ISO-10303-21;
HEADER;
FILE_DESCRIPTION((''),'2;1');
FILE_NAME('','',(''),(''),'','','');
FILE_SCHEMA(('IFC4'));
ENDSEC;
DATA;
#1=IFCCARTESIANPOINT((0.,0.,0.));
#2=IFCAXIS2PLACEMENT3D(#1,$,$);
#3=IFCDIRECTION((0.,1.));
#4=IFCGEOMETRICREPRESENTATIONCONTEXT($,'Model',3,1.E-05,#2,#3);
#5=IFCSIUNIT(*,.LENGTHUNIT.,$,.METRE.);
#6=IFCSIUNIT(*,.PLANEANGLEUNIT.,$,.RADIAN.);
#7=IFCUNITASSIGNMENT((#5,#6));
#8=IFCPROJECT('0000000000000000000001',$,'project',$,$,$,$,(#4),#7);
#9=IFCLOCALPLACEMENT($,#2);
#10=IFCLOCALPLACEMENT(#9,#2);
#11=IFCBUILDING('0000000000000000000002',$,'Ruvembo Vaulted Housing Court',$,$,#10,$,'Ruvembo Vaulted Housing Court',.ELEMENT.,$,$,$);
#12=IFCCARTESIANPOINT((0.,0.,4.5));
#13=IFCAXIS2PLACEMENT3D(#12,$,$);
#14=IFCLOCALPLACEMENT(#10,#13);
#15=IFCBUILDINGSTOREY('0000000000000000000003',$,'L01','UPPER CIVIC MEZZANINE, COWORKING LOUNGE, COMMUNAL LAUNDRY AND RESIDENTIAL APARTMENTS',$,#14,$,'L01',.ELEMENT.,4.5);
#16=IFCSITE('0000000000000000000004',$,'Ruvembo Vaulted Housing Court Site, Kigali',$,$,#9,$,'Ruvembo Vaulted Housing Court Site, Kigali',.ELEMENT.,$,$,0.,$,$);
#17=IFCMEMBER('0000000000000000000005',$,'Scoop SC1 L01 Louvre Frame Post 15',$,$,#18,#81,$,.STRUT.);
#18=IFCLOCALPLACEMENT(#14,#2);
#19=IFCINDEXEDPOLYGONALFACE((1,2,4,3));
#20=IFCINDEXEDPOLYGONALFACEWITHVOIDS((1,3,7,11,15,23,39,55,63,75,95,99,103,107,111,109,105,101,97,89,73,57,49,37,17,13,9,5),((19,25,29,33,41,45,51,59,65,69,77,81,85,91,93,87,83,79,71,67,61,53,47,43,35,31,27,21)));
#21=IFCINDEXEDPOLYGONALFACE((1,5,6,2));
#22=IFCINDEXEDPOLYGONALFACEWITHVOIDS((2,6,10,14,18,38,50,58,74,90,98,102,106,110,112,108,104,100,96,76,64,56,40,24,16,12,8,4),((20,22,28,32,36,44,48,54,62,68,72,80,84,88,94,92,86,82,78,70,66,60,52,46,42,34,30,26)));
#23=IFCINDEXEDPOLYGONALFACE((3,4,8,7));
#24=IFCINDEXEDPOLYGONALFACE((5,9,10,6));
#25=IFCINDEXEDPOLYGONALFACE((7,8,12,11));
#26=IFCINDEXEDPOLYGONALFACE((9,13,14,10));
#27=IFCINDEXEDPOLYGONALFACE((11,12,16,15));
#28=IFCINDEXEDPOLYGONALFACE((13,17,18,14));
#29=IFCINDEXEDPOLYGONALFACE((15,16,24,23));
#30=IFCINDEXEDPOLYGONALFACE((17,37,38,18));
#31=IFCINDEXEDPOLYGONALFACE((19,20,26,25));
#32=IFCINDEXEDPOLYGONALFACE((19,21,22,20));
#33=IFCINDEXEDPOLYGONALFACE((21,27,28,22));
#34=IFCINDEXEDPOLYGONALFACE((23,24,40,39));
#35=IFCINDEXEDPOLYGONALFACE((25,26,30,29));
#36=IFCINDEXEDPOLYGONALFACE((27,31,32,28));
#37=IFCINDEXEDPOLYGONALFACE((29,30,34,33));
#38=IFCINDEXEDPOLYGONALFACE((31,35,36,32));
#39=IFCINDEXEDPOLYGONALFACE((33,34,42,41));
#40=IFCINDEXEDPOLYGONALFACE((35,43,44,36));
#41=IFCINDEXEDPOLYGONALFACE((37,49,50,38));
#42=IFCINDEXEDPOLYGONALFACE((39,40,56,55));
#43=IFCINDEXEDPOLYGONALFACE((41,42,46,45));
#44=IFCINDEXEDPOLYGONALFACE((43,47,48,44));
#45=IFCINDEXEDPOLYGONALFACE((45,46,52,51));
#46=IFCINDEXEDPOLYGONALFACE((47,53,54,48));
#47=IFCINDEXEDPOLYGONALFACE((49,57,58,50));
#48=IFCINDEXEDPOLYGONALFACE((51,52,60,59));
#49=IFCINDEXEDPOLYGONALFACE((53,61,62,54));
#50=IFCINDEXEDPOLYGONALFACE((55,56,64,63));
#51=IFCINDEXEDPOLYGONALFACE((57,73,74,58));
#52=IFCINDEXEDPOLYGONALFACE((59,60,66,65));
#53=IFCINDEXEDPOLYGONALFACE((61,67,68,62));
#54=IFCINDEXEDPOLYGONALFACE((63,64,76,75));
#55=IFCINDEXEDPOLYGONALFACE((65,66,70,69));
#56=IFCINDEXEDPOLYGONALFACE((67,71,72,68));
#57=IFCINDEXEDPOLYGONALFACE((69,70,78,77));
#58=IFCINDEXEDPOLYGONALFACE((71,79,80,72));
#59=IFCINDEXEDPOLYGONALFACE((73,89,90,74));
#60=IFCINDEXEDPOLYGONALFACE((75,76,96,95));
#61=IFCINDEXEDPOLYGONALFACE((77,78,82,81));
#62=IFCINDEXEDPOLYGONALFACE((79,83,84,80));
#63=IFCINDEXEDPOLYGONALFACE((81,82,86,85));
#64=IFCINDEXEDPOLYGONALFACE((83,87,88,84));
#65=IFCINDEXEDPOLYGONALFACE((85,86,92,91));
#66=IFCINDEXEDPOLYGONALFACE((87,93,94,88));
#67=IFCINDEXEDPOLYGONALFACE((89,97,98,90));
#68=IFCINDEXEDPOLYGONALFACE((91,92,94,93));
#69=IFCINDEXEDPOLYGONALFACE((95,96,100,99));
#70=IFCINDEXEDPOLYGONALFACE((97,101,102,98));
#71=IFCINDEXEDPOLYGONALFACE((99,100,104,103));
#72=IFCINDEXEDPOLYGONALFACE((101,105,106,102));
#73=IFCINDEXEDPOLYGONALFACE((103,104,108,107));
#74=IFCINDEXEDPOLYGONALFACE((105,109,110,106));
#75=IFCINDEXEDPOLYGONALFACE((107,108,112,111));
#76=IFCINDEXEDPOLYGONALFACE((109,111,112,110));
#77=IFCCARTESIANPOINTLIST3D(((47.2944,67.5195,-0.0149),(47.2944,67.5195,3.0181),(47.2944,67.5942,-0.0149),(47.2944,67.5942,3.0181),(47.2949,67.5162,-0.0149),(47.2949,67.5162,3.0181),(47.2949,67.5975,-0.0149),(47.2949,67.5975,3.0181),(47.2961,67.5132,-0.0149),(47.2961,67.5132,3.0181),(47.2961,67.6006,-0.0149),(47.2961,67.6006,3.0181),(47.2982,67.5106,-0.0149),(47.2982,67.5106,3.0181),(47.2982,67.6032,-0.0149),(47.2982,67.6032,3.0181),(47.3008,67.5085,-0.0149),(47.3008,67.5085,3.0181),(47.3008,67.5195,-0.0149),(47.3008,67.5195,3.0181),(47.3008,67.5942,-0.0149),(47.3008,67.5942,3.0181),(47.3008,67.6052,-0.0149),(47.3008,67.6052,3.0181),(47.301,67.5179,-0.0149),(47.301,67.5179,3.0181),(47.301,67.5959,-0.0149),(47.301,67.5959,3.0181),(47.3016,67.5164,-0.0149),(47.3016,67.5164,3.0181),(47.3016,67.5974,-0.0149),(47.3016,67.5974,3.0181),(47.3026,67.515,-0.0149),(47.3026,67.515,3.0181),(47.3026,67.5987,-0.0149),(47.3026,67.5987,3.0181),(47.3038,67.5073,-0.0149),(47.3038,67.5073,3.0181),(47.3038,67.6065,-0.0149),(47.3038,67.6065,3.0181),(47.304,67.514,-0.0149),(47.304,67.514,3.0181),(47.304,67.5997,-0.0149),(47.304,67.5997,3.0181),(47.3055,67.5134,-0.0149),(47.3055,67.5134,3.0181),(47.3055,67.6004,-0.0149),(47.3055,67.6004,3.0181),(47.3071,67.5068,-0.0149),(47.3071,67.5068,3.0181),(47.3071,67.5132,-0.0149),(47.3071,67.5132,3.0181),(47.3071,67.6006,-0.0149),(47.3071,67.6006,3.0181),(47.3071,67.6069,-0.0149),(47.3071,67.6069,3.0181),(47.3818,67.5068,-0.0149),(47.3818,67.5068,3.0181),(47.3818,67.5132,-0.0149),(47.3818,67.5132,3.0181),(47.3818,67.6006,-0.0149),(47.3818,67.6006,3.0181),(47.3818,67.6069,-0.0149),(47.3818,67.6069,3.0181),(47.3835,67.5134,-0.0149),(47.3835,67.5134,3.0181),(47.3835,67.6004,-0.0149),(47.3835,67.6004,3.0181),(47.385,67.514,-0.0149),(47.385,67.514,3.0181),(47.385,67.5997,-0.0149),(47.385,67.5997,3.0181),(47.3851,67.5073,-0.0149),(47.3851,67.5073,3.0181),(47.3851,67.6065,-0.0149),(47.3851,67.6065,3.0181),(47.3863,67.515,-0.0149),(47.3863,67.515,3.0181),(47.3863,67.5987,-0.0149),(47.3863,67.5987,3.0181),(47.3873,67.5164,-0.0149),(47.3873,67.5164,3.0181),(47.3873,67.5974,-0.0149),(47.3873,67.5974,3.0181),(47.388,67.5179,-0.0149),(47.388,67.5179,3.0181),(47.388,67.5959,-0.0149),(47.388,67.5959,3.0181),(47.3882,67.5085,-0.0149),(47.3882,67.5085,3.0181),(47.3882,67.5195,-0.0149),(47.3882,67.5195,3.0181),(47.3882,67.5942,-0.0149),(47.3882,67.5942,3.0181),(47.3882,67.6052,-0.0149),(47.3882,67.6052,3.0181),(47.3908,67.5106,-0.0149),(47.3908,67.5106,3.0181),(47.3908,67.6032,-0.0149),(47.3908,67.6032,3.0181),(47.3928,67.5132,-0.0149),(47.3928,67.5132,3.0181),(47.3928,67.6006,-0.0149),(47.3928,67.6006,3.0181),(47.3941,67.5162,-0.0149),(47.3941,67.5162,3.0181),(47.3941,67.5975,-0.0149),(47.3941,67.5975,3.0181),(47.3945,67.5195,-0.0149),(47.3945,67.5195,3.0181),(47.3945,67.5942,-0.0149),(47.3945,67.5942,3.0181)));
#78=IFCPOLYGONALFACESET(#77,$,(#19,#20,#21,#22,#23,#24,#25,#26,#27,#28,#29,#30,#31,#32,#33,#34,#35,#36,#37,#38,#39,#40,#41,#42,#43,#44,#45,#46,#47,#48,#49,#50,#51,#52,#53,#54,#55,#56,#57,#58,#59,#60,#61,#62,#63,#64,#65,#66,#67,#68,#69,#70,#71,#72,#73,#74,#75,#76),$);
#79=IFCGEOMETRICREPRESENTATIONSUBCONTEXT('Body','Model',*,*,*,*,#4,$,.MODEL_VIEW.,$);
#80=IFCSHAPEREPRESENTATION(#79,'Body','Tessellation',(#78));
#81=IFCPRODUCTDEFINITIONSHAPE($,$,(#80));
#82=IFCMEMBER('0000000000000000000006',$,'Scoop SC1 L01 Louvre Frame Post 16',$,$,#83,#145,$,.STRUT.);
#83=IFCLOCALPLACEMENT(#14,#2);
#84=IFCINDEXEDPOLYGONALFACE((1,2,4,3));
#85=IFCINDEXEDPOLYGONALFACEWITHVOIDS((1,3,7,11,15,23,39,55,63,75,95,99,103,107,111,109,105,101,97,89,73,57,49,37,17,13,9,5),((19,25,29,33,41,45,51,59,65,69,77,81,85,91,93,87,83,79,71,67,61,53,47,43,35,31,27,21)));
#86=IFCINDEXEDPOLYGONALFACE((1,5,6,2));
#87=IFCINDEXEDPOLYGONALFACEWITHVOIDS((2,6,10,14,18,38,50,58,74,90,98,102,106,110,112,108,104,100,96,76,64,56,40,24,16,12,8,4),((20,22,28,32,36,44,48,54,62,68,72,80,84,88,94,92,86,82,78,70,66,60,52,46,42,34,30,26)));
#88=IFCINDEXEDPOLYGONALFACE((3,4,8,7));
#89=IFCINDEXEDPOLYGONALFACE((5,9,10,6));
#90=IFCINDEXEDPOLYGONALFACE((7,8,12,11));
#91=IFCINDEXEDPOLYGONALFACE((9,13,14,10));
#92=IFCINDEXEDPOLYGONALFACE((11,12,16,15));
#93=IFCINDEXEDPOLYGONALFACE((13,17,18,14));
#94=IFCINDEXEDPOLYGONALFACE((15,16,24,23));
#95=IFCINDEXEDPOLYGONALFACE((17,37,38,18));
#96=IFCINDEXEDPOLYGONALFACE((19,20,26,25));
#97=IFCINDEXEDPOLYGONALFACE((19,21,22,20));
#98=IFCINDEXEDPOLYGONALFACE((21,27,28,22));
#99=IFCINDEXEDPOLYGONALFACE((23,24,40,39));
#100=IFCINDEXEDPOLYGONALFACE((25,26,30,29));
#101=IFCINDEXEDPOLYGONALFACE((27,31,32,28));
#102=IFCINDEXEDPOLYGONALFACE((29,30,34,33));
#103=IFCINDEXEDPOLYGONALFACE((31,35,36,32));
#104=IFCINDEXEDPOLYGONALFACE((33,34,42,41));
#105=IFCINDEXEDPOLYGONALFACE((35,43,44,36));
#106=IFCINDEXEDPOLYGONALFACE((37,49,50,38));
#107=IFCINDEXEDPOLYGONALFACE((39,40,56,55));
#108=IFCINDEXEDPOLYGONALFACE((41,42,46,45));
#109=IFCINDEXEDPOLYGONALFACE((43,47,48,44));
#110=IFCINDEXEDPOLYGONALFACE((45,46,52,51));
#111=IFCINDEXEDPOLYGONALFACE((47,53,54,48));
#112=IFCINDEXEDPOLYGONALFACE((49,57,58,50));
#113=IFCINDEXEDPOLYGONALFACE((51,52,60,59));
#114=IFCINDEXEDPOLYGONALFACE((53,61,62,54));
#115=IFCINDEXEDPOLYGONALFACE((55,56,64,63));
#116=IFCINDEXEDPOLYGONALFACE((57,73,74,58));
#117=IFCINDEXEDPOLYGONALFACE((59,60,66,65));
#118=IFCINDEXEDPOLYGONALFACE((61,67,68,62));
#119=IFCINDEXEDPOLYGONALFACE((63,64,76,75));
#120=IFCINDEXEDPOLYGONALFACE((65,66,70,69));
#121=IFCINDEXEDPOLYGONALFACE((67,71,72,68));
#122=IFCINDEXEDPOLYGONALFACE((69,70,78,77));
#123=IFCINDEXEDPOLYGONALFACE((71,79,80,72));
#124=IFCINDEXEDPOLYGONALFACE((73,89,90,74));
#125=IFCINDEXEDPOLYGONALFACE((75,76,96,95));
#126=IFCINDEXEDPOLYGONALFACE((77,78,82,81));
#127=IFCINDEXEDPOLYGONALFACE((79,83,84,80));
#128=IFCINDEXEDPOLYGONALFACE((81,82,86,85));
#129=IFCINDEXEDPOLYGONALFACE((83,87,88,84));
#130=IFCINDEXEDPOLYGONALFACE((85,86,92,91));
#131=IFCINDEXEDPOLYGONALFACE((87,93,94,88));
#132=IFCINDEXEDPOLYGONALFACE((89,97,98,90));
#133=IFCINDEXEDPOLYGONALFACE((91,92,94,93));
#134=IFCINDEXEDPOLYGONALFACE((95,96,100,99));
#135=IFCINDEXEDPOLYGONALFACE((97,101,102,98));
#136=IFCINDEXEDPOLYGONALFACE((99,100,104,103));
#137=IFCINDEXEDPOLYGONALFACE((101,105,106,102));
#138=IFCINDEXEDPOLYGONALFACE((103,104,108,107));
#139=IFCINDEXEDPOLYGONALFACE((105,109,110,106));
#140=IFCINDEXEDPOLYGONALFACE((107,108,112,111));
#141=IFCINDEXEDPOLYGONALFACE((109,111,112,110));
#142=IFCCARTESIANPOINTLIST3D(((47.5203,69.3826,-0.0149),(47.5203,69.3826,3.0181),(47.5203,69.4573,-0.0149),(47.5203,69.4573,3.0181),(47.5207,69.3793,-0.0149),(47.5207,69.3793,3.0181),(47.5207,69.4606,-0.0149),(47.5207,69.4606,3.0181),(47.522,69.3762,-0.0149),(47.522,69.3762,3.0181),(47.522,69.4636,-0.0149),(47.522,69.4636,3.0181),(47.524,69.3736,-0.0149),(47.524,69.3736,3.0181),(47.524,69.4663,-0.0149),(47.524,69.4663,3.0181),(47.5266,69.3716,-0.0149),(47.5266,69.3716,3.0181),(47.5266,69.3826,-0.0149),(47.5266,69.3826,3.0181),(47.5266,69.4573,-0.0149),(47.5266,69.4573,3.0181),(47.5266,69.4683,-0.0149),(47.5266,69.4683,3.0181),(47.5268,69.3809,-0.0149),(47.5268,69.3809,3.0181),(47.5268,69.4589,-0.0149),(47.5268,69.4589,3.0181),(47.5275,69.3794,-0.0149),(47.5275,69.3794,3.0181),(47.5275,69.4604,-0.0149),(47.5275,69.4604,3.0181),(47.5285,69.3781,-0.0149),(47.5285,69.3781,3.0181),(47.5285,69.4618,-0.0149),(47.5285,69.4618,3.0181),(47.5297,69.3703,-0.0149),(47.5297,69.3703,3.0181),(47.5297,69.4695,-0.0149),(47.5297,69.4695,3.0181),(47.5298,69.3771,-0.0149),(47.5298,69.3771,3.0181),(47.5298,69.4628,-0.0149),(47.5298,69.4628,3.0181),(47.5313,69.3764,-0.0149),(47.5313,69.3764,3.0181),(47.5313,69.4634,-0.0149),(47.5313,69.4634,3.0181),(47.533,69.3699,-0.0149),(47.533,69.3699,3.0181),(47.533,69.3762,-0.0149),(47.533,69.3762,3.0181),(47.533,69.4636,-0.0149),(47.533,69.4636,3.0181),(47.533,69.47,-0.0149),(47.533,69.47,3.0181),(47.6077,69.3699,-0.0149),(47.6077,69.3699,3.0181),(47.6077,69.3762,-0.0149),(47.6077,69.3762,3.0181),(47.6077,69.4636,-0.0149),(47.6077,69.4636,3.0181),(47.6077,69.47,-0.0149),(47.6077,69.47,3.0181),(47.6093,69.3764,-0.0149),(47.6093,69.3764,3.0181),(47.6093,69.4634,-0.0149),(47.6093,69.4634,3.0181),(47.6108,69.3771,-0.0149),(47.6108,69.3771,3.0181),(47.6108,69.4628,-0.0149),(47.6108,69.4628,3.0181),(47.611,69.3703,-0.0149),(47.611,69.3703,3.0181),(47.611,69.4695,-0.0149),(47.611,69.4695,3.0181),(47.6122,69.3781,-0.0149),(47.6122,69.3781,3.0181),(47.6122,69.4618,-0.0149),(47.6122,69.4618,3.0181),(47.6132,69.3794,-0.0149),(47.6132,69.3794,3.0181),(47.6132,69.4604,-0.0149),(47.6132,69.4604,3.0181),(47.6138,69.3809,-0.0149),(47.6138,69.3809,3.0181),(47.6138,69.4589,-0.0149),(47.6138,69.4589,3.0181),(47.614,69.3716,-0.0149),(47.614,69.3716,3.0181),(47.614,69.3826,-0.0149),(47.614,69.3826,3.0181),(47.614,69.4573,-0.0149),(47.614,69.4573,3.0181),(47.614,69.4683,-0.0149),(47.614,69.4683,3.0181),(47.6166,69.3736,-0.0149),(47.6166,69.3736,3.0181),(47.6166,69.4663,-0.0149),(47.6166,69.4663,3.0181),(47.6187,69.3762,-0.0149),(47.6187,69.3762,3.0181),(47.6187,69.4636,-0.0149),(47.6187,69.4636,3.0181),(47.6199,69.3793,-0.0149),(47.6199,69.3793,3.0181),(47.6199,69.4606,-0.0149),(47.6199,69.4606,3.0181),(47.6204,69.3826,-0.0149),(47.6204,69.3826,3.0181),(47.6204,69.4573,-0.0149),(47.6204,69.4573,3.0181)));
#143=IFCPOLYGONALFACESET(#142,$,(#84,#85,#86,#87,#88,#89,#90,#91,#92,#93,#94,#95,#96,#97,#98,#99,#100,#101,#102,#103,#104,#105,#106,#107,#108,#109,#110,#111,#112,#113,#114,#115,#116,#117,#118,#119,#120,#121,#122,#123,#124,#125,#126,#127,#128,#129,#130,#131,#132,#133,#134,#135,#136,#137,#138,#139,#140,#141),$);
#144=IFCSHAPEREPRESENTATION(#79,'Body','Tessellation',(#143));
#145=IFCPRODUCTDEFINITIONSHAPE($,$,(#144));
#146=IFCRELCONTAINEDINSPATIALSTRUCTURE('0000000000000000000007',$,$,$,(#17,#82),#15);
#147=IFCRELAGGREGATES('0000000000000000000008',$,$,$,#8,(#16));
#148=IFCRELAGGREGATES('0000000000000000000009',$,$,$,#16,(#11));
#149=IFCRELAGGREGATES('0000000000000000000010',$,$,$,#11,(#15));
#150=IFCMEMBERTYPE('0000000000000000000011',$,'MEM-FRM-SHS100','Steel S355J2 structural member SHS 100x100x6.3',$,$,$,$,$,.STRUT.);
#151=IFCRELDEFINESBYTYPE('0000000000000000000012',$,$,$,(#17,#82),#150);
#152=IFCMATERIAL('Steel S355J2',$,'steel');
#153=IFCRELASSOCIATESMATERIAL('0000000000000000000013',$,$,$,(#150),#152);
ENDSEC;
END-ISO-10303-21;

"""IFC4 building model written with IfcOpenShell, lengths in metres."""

from ifc_helpers import new_model, si_unit, direction, frame, origin, origin_2d, place, context, subcontext, project, spatial, hollow_rectangle, extrude, material, material_profile, profile_set, type_object, element, save


model = new_model("IFC4")

# Units and contexts
model_context = context("Model", 3, precision=1e-05, world=origin(), true_north=direction((0.0, 1.0)))
body_context = subcontext(model_context, "Body", "Model", "MODEL_VIEW")
ifc_project = project(units=[si_unit("LENGTHUNIT", "METRE"), si_unit("PLANEANGLEUNIT", "RADIAN")], contexts=[model_context])

# Site, building, storey
site_placement = place(None, origin())
site = spatial("IfcSite", under=ifc_project, at=site_placement, Name="Ruvembo Vaulted Housing Court Site, Kigali", LongName="Ruvembo Vaulted Housing Court Site, Kigali", CompositionType="ELEMENT", RefElevation=0.0)
building_placement = place(site_placement, origin())
building = spatial("IfcBuilding", under=site, at=building_placement, Name="Ruvembo Vaulted Housing Court", LongName="Ruvembo Vaulted Housing Court", CompositionType="ELEMENT")
storey_placement = place(building_placement, frame((0.0, 0.0, 4.5)))
storey = spatial("IfcBuildingStorey", under=building, at=storey_placement, Name="L01", Description="UPPER CIVIC MEZZANINE, COWORKING LOUNGE, COMMUNAL LAUNDRY AND RESIDENTIAL APARTMENTS", LongName="L01", CompositionType="ELEMENT", Elevation=4.5)

# Shared definitions
ifc_material_1 = material(Name="Steel S355J2", Category="steel")

# Members
ifc_material_profile_1 = material_profile(ifc_material_1, hollow_rectangle(XDim=0.1001, YDim=0.1001, WallThickness=0.0063, InnerFilletRadius=0.0063, OuterFilletRadius=0.0127, at=origin_2d()), Name="SHS 100x100x6.3")
ifc_profile_set_1 = profile_set([ifc_material_profile_1], Name="Steel S355J2")
member_type_1 = type_object("IfcMemberType", Name="MEM-FRM-SHS100", Description="Steel S355J2 structural member SHS 100x100x6.3", PredefinedType="STRUT", material=ifc_profile_set_1)
for number, where, z_axis, x_axis, name in (
    (1, (47.3445, 67.5569, -0.0149), (0.0, 0.0, 1.0), (1.0, 0.0, 0.0), "Scoop SC1 L01 Louvre Frame Post 15"),
    (2, (47.5703, 69.4199, -0.0149), (0.0, 0.0, 1.0), (1.0, 0.0, 0.0), "Scoop SC1 L01 Louvre Frame Post 16"),
):
    element("IfcMember", number, at=place(storey_placement, frame(where, z_axis=z_axis, x_axis=x_axis)), inside=storey, type_object=member_type_1, Name=name, PredefinedType="STRUT", context=body_context, shape_type="SweptSolid", body=[
        extrude(hollow_rectangle(XDim=0.1001, YDim=0.1001, WallThickness=0.0063, InnerFilletRadius=0.0063, OuterFilletRadius=0.0127, at=origin_2d()), origin(), (0.0, 0.0, 1.0), 3.033),
    ])

save(model, "model.ifc")
